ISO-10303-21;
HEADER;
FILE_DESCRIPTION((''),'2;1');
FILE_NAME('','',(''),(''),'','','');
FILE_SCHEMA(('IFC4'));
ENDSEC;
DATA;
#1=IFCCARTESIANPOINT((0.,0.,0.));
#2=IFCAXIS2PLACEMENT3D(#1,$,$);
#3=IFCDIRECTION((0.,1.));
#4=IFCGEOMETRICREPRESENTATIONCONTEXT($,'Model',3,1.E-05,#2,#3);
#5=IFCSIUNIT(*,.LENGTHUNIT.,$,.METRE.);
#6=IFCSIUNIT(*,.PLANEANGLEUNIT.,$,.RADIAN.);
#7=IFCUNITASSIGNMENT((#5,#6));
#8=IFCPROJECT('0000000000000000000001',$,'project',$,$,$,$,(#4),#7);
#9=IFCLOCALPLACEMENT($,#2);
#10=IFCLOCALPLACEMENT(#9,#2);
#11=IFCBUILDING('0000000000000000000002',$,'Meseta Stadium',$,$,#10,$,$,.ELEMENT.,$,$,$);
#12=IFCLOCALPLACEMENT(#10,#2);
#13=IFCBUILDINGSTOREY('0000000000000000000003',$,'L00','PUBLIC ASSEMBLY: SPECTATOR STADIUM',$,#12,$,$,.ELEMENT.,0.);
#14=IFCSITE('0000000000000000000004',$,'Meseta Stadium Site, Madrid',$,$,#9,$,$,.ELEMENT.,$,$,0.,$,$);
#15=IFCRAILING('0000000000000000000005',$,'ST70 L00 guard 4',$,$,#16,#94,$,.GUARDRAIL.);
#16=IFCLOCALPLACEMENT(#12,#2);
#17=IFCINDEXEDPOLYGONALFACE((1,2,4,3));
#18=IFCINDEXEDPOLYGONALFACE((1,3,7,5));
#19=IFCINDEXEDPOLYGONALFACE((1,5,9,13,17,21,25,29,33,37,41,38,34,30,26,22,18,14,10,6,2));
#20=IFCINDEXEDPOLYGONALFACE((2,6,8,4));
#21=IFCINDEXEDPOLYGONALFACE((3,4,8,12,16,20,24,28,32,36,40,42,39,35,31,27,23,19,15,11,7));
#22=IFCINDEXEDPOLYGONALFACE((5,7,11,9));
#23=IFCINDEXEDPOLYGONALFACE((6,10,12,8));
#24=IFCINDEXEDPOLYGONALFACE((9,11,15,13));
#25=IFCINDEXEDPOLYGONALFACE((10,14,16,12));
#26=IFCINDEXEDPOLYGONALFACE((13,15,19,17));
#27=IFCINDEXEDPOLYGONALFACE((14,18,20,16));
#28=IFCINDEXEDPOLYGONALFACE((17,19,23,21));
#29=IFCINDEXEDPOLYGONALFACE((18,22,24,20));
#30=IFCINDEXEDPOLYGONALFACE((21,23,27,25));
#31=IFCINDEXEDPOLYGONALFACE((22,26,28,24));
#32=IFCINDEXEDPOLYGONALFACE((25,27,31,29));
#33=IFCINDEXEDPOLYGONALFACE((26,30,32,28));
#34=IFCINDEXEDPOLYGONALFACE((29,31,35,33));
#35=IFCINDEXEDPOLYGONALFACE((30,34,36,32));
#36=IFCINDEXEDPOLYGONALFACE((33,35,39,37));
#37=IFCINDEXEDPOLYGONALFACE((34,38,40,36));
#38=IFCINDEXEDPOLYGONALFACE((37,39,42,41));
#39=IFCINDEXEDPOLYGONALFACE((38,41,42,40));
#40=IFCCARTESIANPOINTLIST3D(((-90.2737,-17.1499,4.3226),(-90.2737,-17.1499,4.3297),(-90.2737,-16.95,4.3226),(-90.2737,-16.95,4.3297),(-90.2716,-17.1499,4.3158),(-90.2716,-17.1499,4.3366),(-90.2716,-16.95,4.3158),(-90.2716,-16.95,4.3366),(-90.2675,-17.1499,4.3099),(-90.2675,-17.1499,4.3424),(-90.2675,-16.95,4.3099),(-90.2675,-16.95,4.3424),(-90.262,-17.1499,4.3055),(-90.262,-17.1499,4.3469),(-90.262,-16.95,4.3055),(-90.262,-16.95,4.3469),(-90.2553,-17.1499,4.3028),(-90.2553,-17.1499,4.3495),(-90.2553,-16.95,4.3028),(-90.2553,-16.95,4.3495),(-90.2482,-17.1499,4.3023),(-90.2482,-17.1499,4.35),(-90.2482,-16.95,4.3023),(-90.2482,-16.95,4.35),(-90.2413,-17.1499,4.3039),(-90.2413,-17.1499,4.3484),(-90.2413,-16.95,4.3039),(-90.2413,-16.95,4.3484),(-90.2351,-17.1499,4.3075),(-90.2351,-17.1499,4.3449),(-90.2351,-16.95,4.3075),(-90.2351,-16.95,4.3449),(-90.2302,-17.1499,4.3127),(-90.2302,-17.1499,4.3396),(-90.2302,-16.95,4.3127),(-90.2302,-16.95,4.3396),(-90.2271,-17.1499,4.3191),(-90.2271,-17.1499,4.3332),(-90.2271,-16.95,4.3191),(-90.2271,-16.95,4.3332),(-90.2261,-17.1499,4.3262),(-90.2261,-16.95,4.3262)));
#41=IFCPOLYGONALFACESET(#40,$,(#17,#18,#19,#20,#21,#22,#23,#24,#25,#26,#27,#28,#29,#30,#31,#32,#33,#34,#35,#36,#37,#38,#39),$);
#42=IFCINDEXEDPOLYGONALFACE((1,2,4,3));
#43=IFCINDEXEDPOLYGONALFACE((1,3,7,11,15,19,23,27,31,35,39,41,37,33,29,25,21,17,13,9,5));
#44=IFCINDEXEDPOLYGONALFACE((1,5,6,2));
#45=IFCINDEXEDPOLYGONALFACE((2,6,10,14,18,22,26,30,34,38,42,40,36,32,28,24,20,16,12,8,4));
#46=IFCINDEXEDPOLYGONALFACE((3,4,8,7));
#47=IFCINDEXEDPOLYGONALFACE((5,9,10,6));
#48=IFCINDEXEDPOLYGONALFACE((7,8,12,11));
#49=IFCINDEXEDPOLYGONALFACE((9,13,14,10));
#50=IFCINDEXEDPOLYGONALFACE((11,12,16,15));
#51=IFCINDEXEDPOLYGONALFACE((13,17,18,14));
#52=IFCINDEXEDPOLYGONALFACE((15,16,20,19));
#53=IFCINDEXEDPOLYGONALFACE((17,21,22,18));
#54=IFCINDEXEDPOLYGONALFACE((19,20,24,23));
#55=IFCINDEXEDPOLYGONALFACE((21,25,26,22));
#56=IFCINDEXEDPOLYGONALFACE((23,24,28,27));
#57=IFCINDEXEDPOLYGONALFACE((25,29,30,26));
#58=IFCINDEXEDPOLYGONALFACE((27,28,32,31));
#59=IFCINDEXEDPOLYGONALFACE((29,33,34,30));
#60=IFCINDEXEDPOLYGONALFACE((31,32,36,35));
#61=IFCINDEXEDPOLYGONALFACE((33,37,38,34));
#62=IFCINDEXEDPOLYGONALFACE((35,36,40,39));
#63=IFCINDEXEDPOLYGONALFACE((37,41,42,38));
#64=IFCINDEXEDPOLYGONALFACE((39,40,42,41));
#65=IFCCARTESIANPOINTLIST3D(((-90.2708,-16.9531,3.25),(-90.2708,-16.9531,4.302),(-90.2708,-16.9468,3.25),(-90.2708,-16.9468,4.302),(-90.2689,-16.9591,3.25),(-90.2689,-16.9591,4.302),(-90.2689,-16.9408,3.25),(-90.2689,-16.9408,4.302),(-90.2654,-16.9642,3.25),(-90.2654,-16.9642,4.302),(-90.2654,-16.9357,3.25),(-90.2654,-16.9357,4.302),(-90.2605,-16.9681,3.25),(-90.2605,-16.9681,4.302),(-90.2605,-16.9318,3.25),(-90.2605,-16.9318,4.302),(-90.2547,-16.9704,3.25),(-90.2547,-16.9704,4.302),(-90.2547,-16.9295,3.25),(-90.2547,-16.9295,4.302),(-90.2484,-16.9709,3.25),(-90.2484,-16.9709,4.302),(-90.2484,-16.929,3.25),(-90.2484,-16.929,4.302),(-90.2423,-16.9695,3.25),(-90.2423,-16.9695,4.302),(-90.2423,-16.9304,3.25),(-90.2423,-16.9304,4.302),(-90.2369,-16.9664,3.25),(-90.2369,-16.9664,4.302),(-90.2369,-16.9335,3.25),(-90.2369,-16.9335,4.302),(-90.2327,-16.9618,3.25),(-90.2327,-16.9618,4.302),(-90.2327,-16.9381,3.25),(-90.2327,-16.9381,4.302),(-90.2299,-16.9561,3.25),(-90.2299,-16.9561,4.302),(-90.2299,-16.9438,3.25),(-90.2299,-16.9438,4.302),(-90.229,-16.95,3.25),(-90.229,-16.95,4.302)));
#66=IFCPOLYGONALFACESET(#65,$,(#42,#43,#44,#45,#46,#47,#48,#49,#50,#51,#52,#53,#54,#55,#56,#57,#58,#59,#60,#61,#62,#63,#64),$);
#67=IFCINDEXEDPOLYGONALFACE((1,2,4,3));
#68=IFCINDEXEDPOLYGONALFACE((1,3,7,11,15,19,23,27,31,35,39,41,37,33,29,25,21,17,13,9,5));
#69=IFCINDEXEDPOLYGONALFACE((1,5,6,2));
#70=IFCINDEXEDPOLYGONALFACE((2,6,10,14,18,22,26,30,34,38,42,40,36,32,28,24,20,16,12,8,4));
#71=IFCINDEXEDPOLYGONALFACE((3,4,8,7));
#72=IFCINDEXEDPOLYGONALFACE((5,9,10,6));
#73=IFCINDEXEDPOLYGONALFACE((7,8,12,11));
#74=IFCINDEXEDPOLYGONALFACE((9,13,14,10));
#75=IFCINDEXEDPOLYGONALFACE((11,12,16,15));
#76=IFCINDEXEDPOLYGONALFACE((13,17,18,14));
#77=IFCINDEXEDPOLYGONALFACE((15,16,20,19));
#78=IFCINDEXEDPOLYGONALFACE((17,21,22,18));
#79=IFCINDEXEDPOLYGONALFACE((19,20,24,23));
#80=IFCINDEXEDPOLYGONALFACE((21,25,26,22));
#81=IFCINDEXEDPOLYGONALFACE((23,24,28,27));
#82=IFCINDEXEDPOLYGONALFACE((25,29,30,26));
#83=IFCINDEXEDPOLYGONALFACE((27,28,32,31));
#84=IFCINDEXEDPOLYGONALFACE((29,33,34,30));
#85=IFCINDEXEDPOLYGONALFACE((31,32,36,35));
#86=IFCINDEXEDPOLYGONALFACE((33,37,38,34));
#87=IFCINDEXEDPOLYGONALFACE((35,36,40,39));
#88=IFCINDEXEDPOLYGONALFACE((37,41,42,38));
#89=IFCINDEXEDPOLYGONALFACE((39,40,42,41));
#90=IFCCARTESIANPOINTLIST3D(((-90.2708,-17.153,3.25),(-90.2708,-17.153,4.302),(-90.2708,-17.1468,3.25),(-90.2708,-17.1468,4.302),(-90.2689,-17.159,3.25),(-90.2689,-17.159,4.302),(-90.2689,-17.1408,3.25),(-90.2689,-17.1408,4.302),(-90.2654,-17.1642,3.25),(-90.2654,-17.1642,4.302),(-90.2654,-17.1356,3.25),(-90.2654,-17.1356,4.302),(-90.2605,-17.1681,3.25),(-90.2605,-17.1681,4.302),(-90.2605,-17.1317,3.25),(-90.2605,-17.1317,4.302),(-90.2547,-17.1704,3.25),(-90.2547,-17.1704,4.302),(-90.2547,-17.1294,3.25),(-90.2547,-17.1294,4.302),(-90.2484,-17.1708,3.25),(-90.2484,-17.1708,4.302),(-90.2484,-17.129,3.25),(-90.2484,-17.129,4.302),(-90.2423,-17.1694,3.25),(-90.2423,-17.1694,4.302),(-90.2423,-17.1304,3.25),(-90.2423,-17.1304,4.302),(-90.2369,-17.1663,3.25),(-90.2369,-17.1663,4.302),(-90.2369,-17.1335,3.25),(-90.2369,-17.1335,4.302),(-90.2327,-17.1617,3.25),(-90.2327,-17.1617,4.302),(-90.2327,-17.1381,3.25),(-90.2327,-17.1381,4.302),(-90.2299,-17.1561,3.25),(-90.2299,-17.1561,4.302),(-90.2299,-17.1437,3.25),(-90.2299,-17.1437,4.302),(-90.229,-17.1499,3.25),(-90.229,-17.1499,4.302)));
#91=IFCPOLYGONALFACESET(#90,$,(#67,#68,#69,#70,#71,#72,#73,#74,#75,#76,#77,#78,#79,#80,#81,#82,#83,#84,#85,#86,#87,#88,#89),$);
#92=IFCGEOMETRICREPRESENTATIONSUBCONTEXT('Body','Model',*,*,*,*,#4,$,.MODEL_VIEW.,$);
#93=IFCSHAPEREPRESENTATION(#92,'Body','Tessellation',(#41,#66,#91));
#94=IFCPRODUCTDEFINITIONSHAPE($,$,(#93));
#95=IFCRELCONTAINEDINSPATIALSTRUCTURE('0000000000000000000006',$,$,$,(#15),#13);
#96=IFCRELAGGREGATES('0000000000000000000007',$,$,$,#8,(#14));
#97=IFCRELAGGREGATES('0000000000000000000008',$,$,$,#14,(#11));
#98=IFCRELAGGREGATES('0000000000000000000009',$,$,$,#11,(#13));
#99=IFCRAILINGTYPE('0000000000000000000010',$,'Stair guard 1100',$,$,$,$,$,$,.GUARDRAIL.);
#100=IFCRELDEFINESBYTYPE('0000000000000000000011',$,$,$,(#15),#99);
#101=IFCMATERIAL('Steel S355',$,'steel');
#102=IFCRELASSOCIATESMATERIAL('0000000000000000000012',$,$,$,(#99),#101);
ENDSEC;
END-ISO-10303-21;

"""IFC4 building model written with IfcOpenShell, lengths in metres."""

from ifc_helpers import new_model, si_unit, direction, frame, origin, origin_2d, place, context, subcontext, project, spatial, circle, extrude, material, type_object, element, save


model = new_model("IFC4")

# Units and contexts
model_context = context("Model", 3, precision=1e-05, world=origin(), true_north=direction((0.0, 1.0)))
body_context = subcontext(model_context, "Body", "Model", "MODEL_VIEW")
ifc_project = project(units=[si_unit("LENGTHUNIT", "METRE"), si_unit("PLANEANGLEUNIT", "RADIAN")], contexts=[model_context])

# Site, building, storey
site_placement = place(None, origin())
site = spatial("IfcSite", under=ifc_project, at=site_placement, Name="Meseta Stadium Site, Madrid", CompositionType="ELEMENT", RefElevation=0.0)
building_placement = place(site_placement, origin())
building = spatial("IfcBuilding", under=site, at=building_placement, Name="Meseta Stadium", CompositionType="ELEMENT")
storey_placement = place(building_placement, origin())
storey = spatial("IfcBuildingStorey", under=building, at=storey_placement, Name="L00", Description="PUBLIC ASSEMBLY: SPECTATOR STADIUM", CompositionType="ELEMENT", Elevation=0.0)

# Railing
ifc_material_1 = material(Name="Steel S355", Category="steel")
railing_type_1 = type_object("IfcRailingType", Name="Stair guard 1100", PredefinedType="GUARDRAIL", material=ifc_material_1)
railing_1_placement = place(storey_placement, frame((-90.25, -16.95, 3.25)))
element("IfcRailing", 1, at=railing_1_placement, inside=storey, type_object=railing_type_1, Name="ST70 L00 guard 4", PredefinedType="GUARDRAIL", context=body_context, shape_type="SweptSolid", body=[
    extrude(circle(Radius=0.0239, at=origin_2d()), frame((0.0, 0.0, 1.0762), z_axis=(0.0, -1.0, 0.0), x_axis=(1.0, 0.0, 0.0)), (0.0, 0.0, 1.0), 0.2),
    extrude(circle(Radius=0.021, at=origin_2d()), origin(), (0.0, 0.0, 1.0), 1.052),
    extrude(circle(Radius=0.021, at=origin_2d()), frame((0.0, -0.2, 0.0)), (0.0, 0.0, 1.0), 1.052),
])

save(model, "model.ifc")
